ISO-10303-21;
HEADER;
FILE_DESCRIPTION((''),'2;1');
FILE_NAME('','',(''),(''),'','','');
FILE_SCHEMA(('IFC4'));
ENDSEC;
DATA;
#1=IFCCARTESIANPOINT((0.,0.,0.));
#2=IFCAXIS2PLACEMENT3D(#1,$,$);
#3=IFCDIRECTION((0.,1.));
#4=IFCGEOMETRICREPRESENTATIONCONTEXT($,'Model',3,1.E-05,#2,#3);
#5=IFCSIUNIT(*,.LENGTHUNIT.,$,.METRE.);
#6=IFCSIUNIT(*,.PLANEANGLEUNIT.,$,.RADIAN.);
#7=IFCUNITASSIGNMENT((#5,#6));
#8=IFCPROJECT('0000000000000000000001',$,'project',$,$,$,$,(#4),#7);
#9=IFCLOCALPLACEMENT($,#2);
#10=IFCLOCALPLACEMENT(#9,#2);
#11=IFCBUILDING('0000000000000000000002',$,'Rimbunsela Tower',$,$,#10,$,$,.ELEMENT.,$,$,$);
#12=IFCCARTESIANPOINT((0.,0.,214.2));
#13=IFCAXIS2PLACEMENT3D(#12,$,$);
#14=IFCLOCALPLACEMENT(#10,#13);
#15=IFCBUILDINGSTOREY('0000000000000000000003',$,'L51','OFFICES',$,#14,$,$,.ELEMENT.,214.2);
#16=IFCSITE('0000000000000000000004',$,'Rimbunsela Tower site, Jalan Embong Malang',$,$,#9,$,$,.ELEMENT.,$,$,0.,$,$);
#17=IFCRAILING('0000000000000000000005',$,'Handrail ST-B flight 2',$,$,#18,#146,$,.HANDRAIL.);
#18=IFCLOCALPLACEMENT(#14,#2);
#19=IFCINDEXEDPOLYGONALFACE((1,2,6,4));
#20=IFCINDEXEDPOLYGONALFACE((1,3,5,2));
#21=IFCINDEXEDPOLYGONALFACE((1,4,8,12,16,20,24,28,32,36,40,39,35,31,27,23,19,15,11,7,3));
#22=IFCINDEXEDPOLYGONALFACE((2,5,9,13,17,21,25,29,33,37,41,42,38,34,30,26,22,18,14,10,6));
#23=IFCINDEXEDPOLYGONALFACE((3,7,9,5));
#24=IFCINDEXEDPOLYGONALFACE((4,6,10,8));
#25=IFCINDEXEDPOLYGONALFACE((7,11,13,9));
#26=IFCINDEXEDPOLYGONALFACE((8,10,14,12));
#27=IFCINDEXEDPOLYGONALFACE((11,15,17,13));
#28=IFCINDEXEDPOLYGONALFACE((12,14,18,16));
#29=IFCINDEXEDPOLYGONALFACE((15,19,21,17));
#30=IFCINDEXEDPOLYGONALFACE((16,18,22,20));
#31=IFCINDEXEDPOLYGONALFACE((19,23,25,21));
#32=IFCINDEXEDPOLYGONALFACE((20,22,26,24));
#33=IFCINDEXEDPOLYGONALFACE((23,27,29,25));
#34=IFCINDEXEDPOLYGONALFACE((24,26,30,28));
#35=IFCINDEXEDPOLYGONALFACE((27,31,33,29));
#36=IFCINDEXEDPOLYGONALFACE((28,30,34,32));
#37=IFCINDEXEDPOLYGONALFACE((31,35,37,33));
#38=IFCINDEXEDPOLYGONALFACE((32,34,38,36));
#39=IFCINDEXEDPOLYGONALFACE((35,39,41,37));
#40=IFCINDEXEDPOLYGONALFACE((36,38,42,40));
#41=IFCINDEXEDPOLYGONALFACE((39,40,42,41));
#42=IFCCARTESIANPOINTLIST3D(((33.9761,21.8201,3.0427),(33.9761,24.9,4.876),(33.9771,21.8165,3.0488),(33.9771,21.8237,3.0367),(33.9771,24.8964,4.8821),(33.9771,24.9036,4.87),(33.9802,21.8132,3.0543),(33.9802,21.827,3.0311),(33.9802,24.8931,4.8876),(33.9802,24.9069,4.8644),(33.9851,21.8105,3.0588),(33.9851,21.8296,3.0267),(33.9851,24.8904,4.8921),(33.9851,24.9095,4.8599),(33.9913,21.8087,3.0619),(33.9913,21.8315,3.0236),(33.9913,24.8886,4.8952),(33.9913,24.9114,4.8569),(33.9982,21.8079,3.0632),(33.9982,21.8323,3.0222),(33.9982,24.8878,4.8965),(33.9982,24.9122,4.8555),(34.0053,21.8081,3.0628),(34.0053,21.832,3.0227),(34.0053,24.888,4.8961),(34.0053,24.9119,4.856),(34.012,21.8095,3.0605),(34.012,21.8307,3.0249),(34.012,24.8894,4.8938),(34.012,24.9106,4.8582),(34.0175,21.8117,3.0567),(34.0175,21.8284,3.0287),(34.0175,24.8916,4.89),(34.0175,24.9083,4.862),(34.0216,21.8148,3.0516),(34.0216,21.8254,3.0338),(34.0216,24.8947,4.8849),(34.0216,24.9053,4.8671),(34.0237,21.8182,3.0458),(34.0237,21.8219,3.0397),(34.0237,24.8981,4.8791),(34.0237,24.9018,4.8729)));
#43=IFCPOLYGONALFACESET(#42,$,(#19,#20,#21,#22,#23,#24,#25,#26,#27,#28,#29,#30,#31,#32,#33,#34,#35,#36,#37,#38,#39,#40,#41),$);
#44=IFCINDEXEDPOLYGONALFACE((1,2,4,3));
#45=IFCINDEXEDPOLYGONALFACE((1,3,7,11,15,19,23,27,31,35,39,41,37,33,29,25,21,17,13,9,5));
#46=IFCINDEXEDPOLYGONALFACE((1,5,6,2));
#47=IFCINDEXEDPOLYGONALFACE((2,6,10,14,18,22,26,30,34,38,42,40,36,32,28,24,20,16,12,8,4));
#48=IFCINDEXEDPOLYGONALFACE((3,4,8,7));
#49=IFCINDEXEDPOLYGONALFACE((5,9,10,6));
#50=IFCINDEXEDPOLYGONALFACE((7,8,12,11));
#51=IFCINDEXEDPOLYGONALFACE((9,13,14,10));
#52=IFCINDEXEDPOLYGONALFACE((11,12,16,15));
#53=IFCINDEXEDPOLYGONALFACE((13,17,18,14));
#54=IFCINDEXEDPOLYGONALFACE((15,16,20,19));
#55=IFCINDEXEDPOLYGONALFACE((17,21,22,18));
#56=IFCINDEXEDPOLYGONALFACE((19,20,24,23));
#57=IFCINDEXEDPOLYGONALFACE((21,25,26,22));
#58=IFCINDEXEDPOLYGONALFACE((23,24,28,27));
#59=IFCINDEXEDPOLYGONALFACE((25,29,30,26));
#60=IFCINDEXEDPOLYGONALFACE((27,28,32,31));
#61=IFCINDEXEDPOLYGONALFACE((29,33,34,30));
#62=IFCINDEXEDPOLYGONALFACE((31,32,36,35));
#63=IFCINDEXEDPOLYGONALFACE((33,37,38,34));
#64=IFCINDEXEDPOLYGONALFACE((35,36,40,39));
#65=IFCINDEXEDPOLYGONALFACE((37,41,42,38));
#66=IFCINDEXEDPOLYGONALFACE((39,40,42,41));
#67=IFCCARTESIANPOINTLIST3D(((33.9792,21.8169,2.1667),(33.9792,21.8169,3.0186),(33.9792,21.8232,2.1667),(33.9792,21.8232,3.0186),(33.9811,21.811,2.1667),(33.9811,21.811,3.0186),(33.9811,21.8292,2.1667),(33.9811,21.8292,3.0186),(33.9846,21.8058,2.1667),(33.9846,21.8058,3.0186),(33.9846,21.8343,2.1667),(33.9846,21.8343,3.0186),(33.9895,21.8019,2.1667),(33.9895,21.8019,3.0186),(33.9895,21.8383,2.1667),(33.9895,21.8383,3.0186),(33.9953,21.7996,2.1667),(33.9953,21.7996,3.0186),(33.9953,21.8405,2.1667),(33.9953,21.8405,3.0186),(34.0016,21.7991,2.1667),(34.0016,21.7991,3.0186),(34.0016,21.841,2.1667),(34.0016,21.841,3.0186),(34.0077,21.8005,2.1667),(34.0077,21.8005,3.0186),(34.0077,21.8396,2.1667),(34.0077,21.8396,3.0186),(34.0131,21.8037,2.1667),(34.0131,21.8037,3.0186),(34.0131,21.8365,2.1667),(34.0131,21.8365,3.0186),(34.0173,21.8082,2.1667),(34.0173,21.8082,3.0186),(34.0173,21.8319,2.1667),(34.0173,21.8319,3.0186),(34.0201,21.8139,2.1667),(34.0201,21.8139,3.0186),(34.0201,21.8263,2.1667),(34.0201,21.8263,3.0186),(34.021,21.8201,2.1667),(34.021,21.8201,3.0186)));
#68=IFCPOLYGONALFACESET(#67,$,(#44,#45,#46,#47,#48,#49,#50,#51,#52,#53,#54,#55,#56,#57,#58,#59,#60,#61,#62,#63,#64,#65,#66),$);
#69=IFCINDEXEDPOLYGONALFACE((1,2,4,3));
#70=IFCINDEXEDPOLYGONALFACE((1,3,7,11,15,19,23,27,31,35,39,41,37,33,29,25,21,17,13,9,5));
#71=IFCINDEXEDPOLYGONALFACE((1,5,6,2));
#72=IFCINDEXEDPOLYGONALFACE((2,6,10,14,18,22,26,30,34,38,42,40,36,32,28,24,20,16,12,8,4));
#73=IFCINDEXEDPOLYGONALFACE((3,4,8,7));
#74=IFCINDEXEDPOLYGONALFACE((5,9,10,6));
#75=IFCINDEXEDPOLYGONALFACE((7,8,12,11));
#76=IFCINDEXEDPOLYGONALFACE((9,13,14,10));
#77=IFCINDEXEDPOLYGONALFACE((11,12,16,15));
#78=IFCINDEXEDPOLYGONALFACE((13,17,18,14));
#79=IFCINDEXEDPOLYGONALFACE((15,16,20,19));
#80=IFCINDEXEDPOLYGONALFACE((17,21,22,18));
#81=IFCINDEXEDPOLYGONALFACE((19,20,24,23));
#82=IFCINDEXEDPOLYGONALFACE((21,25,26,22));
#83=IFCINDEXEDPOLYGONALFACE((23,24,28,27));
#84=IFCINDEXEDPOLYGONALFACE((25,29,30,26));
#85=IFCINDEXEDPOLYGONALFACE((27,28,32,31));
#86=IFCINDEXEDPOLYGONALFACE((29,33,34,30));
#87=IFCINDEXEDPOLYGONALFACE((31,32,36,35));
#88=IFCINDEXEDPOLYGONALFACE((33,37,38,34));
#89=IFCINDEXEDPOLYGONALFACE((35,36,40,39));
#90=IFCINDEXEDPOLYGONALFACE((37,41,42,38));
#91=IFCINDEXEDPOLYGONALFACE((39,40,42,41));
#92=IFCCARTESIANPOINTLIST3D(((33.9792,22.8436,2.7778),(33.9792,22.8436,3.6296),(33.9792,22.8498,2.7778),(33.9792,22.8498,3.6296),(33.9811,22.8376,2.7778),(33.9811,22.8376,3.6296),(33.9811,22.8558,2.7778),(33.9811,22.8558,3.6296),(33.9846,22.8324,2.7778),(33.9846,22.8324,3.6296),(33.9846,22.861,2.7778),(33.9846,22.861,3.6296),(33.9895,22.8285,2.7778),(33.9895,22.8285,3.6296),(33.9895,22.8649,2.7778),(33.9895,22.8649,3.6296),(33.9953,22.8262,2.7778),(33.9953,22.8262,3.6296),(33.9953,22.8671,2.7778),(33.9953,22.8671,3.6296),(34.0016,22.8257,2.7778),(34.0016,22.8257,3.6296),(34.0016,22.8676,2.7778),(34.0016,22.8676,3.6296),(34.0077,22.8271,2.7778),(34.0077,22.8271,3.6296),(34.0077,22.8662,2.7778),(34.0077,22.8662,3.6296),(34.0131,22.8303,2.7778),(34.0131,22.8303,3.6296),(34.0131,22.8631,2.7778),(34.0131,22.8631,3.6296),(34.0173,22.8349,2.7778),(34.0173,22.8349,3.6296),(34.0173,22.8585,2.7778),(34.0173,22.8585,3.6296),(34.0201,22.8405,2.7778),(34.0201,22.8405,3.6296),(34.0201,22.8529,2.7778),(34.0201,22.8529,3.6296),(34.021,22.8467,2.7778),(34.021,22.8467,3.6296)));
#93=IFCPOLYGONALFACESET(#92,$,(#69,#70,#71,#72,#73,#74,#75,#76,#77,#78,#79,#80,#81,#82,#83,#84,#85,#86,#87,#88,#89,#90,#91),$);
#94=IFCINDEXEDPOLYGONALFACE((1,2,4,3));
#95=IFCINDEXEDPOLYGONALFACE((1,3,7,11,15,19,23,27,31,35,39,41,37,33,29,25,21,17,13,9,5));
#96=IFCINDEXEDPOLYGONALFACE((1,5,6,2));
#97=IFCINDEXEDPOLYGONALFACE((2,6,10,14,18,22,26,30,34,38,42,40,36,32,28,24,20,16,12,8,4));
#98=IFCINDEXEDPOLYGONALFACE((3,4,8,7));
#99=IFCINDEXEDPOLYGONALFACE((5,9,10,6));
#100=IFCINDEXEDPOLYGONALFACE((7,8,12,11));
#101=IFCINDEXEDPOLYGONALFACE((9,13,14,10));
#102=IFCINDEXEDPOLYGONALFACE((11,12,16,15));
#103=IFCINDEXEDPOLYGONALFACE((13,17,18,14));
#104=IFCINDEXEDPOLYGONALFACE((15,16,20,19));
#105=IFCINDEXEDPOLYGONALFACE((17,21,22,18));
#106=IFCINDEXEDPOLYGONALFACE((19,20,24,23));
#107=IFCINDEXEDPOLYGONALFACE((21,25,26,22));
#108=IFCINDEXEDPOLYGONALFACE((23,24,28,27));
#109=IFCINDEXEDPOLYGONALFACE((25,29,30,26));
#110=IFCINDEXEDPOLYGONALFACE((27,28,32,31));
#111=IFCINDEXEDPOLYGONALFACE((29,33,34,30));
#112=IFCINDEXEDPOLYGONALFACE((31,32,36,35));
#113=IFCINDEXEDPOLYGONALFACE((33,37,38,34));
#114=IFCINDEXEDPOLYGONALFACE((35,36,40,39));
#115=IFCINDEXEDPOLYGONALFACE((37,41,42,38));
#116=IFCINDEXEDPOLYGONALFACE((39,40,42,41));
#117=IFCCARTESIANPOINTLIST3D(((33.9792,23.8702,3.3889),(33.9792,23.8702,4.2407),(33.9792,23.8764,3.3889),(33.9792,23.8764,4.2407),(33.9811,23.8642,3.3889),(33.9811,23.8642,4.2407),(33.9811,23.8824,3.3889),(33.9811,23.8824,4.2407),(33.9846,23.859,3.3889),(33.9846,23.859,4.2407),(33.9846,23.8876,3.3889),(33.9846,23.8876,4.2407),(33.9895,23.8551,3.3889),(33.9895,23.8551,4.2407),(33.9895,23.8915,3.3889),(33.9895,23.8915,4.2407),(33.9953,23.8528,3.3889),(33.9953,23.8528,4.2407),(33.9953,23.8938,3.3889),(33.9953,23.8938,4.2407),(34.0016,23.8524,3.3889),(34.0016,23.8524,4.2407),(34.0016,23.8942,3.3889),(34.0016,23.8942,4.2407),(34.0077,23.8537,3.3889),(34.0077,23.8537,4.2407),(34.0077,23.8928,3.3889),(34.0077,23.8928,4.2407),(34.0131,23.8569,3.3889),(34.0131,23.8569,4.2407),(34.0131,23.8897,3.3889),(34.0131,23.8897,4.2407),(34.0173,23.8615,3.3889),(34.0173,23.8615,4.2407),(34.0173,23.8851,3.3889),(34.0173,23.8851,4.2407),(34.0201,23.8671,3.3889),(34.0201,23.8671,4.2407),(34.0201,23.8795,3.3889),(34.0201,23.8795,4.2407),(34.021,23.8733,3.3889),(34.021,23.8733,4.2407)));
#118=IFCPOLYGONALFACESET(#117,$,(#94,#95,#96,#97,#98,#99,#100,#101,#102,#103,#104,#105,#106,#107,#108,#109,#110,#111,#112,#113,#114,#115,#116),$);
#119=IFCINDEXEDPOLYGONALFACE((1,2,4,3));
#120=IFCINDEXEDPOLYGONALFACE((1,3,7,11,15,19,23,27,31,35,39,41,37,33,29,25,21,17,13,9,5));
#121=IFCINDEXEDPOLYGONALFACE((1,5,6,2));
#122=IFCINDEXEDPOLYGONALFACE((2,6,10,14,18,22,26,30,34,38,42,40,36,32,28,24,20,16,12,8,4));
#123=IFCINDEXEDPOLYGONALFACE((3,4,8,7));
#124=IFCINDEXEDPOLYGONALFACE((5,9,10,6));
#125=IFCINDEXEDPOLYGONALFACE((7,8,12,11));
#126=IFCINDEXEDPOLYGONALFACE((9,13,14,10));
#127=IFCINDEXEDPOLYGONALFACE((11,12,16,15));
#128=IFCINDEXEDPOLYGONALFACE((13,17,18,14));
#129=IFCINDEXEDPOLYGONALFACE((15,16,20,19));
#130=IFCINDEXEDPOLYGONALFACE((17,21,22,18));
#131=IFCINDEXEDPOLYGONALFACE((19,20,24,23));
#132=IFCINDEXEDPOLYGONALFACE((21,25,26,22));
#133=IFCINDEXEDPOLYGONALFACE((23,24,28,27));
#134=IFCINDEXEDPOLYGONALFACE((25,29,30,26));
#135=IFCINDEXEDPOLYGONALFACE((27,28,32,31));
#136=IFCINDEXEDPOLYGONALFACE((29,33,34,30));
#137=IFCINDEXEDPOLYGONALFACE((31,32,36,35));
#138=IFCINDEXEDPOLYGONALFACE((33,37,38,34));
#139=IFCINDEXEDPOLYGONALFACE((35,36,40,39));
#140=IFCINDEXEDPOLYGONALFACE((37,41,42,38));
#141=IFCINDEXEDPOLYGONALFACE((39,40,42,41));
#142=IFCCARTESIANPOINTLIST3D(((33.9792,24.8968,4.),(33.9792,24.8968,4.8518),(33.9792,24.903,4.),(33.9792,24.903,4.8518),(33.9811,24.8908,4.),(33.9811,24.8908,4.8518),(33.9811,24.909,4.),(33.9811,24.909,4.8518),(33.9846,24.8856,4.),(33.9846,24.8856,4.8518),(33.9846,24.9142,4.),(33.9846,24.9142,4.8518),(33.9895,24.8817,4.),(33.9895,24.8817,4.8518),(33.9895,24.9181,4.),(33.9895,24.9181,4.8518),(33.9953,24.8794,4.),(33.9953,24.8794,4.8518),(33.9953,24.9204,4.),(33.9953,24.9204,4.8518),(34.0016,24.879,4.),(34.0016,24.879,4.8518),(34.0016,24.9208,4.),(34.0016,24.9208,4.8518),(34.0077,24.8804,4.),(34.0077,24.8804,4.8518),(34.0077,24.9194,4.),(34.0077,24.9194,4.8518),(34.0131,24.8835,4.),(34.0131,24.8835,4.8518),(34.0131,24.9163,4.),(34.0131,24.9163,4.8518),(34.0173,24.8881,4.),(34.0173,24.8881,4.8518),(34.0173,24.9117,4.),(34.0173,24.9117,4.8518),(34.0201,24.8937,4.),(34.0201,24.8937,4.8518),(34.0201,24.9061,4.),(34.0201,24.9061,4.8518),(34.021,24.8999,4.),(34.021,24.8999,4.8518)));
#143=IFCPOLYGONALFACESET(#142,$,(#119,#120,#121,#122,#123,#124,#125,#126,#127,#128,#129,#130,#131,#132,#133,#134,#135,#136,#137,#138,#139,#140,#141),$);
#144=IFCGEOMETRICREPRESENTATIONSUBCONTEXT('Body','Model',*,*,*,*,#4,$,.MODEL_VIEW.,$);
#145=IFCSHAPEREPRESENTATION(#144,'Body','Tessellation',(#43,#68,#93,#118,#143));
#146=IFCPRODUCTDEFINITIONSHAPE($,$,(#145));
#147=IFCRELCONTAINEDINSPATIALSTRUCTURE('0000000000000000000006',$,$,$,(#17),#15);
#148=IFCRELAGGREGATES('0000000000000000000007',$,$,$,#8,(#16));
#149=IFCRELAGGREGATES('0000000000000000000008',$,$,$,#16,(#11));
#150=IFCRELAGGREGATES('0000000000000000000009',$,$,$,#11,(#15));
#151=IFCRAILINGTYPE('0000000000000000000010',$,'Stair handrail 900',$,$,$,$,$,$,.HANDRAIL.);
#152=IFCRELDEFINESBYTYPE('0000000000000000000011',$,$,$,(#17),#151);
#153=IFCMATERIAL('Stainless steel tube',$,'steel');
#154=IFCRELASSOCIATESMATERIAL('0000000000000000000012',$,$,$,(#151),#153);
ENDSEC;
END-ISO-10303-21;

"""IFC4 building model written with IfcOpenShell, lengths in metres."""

from ifc_helpers import new_model, si_unit, direction, frame, origin, origin_2d, place, context, subcontext, project, spatial, circle, extrude, material, type_object, element, save


model = new_model("IFC4")

# Units and contexts
model_context = context("Model", 3, precision=1e-05, world=origin(), true_north=direction((0.0, 1.0)))
body_context = subcontext(model_context, "Body", "Model", "MODEL_VIEW")
ifc_project = project(units=[si_unit("LENGTHUNIT", "METRE"), si_unit("PLANEANGLEUNIT", "RADIAN")], contexts=[model_context])

# Site, building, storey
site_placement = place(None, origin())
site = spatial("IfcSite", under=ifc_project, at=site_placement, Name="Rimbunsela Tower site, Jalan Embong Malang", CompositionType="ELEMENT", RefElevation=0.0)
building_placement = place(site_placement, origin())
building = spatial("IfcBuilding", under=site, at=building_placement, Name="Rimbunsela Tower", CompositionType="ELEMENT")
storey_placement = place(building_placement, frame((0.0, 0.0, 214.2)))
storey = spatial("IfcBuildingStorey", under=building, at=storey_placement, Name="L51", Description="OFFICES", CompositionType="ELEMENT", Elevation=214.2)

# Railing
ifc_material_1 = material(Name="Stainless steel tube", Category="steel")
railing_type = type_object("IfcRailingType", Name="Stair handrail 900", PredefinedType="HANDRAIL", material=ifc_material_1)
railing_1_placement = place(storey_placement, frame((34.0, 21.8201, 2.1667)))
element("IfcRailing", 1, at=railing_1_placement, inside=storey, type_object=railing_type, Name="Handrail ST-B flight 2", PredefinedType="HANDRAIL", context=body_context, shape_type="SweptSolid", body=[
    extrude(circle(Radius=0.0239, at=origin_2d()), frame((0.0, 0.0, 0.876), z_axis=(0.0, 0.859291, 0.511487), x_axis=(-1.0, 0.0, 0.0)), (0.0, 0.0, 1.0), 3.5842),
    extrude(circle(Radius=0.021, at=origin_2d()), origin(), (0.0, 0.0, 1.0), 0.8518),
    extrude(circle(Radius=0.021, at=origin_2d()), frame((0.0, 1.0266, 0.6111)), (0.0, 0.0, 1.0), 0.8518),
    extrude(circle(Radius=0.021, at=origin_2d()), frame((0.0, 2.0532, 1.2222)), (0.0, 0.0, 1.0), 0.8518),
    extrude(circle(Radius=0.021, at=origin_2d()), frame((0.0, 3.0798, 1.8333)), (0.0, 0.0, 1.0), 0.8518),
])

save(model, "model.ifc")
